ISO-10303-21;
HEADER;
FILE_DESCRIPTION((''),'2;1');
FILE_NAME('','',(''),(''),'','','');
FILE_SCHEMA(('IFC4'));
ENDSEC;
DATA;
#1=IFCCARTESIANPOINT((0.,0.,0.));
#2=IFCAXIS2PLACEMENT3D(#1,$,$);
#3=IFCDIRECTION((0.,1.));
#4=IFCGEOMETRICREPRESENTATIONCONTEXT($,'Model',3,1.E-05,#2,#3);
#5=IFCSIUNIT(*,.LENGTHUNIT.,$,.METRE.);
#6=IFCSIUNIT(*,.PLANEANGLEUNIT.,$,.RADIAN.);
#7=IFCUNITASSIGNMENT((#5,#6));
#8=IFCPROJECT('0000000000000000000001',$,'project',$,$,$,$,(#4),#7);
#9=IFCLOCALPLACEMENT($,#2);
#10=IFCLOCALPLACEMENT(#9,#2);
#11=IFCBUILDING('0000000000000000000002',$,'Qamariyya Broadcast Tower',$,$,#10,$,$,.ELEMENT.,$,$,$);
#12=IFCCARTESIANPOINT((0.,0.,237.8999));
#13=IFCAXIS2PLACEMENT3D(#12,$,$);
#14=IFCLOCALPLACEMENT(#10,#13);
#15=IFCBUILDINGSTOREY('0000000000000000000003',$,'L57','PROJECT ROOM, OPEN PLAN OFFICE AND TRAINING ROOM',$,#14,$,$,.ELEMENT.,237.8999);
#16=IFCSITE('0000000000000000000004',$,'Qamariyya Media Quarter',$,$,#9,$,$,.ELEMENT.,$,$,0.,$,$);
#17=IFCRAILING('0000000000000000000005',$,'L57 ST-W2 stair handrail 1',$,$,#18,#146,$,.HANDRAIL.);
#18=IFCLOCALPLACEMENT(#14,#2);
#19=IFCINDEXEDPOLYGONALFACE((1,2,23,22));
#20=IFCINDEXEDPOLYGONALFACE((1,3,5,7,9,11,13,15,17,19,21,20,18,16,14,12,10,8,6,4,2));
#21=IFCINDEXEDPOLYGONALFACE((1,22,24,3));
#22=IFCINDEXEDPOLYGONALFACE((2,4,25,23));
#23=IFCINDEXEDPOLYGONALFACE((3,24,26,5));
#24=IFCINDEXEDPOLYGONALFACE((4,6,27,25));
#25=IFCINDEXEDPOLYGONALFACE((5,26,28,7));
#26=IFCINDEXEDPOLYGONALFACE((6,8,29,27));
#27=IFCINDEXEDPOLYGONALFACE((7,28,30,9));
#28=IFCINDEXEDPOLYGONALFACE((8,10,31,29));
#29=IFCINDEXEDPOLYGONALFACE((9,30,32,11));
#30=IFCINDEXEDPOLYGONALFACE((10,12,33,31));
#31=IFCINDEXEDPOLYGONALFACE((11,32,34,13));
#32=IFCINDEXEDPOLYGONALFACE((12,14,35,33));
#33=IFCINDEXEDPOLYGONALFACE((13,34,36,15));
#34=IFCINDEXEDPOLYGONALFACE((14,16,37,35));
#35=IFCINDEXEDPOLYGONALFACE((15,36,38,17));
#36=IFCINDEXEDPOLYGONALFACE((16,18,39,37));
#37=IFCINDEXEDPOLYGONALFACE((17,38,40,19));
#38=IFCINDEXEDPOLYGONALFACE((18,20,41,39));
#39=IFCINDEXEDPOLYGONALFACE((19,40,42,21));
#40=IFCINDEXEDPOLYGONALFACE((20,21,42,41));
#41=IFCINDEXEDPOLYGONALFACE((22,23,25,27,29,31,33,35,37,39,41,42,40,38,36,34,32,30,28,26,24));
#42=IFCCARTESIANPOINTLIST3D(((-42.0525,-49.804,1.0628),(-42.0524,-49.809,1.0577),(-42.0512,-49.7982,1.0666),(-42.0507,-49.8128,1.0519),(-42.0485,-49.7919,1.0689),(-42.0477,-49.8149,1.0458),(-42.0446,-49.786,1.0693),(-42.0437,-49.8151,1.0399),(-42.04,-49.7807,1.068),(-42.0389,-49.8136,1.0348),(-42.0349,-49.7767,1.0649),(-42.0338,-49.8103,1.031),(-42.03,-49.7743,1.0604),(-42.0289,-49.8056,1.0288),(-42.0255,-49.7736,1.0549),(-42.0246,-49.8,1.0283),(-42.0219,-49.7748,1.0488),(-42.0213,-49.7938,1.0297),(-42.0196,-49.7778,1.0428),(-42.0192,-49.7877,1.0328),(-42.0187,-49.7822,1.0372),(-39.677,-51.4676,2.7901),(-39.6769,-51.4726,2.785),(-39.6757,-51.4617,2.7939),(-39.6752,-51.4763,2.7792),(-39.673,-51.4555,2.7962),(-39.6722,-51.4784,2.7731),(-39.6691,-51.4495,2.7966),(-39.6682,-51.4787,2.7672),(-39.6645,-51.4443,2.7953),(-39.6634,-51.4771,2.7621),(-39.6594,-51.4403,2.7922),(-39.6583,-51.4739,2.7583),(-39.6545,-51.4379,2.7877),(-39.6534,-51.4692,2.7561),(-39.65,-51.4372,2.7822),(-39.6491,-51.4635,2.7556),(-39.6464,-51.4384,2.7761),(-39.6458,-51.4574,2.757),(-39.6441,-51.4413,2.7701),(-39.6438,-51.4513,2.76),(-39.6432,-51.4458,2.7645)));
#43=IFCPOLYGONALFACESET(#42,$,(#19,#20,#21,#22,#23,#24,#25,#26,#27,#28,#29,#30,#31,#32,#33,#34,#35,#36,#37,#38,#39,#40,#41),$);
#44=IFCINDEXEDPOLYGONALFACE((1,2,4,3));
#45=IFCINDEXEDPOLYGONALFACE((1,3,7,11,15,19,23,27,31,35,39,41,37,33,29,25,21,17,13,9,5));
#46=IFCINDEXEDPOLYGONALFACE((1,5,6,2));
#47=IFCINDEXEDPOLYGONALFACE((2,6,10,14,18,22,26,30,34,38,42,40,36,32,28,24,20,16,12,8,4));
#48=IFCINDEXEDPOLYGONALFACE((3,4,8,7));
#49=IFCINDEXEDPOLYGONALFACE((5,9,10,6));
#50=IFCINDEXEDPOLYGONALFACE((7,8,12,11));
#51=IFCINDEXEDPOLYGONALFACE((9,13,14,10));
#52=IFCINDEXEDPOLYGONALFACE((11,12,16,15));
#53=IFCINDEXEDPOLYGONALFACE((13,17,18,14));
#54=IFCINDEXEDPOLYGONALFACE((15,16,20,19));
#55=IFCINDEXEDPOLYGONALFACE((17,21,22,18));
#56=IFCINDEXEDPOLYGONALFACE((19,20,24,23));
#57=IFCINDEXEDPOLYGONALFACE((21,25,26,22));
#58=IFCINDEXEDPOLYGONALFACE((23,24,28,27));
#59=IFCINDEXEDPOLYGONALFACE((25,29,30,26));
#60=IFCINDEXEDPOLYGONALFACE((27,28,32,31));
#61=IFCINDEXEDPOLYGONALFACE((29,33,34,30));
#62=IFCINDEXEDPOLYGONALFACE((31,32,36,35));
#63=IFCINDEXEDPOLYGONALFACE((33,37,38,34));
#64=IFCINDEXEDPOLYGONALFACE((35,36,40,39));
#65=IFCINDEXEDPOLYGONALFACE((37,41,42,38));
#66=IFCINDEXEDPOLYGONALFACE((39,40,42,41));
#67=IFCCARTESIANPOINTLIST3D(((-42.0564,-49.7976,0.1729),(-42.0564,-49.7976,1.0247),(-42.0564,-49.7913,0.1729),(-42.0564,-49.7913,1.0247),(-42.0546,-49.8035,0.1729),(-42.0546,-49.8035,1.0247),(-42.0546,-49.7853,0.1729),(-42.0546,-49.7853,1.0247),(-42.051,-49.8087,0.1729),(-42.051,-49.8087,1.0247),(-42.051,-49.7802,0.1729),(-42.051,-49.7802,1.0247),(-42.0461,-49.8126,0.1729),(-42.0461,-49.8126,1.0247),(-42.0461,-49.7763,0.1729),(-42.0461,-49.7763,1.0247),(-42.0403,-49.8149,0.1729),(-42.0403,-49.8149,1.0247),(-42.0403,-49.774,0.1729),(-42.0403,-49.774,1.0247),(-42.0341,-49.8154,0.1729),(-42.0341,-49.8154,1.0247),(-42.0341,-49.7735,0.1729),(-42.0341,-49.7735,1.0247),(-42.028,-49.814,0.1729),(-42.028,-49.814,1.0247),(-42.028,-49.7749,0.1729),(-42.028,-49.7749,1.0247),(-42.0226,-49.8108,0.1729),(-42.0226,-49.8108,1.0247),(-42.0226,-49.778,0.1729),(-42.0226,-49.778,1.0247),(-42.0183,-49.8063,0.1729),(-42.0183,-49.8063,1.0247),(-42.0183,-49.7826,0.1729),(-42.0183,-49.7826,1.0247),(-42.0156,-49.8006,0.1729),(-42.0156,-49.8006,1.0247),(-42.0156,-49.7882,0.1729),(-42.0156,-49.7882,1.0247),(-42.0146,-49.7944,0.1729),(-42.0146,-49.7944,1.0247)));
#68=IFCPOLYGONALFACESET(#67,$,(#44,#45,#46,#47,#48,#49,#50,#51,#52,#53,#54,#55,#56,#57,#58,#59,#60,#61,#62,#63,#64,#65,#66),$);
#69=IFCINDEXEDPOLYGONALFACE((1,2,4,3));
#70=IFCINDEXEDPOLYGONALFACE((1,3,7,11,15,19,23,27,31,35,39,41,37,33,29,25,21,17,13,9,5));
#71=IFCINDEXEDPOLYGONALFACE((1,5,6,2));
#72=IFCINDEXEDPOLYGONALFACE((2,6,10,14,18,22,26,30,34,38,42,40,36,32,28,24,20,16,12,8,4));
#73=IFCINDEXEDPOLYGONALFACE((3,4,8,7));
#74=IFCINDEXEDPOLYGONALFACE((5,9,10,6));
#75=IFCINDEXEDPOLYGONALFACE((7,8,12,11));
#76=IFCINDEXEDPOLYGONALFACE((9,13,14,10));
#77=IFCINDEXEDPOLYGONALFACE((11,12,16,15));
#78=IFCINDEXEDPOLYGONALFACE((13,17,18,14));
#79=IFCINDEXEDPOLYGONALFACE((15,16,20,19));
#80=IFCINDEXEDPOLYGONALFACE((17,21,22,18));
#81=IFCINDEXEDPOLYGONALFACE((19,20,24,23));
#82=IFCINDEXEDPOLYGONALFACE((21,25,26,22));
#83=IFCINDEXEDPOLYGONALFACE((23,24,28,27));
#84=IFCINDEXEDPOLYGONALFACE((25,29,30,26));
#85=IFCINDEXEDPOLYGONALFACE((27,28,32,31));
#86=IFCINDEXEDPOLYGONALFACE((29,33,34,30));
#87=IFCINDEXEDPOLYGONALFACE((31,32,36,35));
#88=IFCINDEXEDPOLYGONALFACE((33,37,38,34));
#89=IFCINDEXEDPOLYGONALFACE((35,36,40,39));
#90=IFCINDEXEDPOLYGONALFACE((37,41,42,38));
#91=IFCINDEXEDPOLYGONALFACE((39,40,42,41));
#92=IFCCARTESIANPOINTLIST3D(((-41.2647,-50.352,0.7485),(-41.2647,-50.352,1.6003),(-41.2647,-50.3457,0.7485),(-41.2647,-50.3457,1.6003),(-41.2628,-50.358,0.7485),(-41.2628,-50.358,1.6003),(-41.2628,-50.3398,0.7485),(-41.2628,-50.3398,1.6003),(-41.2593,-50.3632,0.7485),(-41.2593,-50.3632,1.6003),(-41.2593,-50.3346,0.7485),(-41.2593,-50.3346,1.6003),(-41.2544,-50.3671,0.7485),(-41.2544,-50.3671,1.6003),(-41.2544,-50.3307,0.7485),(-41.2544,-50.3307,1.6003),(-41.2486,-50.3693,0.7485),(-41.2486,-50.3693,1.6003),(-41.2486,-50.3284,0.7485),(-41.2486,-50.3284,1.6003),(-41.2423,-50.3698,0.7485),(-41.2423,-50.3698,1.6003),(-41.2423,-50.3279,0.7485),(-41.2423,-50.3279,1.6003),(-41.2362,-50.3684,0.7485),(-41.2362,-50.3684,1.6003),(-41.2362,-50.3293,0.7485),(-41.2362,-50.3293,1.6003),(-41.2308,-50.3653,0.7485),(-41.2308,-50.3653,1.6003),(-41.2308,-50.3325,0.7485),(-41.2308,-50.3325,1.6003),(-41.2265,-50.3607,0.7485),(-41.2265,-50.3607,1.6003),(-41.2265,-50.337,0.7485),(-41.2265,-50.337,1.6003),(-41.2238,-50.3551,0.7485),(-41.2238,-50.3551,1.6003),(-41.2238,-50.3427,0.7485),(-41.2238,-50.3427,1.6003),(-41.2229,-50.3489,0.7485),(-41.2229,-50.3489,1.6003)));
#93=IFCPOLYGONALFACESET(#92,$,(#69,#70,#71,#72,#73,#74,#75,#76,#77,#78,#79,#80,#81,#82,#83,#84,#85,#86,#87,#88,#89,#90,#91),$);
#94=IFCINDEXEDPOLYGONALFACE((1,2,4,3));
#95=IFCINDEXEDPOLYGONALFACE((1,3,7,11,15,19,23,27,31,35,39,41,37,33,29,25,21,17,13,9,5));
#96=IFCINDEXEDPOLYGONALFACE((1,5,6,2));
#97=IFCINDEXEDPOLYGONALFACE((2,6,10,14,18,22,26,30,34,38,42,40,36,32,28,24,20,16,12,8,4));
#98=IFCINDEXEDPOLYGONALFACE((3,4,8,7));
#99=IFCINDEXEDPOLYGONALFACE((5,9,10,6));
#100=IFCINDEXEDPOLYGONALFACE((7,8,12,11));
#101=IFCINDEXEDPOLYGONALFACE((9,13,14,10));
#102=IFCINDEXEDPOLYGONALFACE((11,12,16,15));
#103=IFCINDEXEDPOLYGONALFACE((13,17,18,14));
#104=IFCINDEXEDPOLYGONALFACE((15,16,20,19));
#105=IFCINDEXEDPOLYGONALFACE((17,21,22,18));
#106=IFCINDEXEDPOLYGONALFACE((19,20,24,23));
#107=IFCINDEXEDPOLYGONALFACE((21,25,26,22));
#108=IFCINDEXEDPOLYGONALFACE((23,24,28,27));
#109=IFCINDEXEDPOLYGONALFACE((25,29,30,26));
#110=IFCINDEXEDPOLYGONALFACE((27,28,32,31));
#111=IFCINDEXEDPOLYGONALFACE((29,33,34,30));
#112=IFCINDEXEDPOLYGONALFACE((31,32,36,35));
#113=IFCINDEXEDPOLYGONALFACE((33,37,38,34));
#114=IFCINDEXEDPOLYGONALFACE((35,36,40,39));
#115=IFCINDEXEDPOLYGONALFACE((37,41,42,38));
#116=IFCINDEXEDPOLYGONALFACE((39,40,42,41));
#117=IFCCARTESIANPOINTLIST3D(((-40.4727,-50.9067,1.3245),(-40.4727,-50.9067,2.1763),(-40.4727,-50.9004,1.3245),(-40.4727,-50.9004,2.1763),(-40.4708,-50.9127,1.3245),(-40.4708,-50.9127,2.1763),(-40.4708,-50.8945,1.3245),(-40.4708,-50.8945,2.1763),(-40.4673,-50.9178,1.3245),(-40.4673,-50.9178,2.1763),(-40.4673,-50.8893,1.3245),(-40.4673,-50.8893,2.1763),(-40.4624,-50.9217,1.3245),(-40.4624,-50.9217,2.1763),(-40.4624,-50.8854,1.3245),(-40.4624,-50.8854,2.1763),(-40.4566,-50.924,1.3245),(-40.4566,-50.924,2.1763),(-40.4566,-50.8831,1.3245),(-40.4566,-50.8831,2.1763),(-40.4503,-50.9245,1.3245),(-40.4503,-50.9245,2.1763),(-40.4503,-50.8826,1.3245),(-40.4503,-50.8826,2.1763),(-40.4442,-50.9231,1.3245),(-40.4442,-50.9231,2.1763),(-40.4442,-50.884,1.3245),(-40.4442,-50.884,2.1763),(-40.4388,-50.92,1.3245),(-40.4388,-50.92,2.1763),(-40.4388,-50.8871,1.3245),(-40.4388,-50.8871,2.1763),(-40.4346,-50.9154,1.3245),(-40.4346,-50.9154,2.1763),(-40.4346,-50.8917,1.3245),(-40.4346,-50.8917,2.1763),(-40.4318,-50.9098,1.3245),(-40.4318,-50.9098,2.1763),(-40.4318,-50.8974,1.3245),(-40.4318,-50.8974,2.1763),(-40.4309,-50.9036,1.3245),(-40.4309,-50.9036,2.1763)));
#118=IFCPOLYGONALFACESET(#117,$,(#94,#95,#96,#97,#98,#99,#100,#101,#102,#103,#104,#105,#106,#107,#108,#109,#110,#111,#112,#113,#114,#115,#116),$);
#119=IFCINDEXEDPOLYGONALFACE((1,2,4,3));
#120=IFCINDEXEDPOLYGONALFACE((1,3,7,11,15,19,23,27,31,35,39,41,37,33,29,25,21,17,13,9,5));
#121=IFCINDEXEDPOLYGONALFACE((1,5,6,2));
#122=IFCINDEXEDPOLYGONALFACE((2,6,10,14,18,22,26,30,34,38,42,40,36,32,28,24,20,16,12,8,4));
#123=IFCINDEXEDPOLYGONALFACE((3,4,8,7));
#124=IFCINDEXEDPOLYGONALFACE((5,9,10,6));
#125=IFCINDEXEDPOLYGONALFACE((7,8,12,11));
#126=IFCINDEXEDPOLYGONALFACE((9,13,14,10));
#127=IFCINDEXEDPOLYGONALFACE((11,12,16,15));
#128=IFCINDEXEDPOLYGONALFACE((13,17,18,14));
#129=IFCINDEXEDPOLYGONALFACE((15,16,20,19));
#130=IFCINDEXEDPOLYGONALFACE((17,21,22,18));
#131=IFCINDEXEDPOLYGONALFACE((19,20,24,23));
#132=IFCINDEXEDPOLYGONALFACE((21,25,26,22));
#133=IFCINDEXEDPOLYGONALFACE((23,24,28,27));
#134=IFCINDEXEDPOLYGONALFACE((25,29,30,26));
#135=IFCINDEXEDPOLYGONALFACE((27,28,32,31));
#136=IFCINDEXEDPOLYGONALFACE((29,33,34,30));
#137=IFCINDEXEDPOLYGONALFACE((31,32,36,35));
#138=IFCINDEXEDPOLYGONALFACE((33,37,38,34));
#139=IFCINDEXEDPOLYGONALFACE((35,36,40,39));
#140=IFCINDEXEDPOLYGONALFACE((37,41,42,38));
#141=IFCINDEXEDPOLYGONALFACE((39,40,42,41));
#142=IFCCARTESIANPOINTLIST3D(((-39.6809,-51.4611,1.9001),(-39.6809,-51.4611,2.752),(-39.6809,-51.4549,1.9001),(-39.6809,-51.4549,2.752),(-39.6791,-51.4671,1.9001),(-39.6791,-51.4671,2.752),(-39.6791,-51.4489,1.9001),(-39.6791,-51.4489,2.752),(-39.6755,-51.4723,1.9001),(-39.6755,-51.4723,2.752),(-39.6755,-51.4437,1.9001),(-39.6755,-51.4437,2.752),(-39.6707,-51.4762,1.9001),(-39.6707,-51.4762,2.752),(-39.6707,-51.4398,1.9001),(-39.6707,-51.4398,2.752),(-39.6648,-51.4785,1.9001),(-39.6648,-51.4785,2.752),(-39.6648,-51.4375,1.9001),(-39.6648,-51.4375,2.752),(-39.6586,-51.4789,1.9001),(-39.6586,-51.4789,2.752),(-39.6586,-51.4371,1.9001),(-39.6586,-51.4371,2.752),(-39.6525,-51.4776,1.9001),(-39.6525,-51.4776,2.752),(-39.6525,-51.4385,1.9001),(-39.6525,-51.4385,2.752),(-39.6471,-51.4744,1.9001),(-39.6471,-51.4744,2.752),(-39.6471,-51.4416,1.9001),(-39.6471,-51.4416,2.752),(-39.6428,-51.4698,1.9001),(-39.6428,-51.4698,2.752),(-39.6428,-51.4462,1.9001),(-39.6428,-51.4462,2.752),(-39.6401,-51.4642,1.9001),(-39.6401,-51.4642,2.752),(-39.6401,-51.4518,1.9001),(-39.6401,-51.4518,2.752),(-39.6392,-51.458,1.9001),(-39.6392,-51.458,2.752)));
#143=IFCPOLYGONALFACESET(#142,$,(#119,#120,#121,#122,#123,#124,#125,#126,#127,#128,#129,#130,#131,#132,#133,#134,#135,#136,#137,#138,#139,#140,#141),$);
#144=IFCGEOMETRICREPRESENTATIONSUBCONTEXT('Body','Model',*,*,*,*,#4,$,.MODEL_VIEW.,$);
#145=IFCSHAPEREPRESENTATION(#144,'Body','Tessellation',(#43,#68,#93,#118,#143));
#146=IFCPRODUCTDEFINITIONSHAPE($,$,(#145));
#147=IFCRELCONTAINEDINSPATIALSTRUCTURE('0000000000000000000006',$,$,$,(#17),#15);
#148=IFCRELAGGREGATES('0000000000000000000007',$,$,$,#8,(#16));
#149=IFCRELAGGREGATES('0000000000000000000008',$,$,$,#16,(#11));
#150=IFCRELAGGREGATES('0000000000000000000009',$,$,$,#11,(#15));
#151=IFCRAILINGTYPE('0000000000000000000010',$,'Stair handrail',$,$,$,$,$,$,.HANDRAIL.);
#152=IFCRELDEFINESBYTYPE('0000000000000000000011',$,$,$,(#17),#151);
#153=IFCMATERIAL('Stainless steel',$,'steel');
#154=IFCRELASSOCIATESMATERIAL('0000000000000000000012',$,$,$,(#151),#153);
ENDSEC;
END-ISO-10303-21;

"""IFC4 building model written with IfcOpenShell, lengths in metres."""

from ifc_helpers import new_model, si_unit, direction, frame, origin, origin_2d, place, context, subcontext, project, spatial, circle, extrude, material, type_object, element, save


model = new_model("IFC4")

# Units and contexts
model_context = context("Model", 3, precision=1e-05, world=origin(), true_north=direction((0.0, 1.0)))
body_context = subcontext(model_context, "Body", "Model", "MODEL_VIEW")
ifc_project = project(units=[si_unit("LENGTHUNIT", "METRE"), si_unit("PLANEANGLEUNIT", "RADIAN")], contexts=[model_context])

# Site, building, storey
site_placement = place(None, origin())
site = spatial("IfcSite", under=ifc_project, at=site_placement, Name="Qamariyya Media Quarter", CompositionType="ELEMENT", RefElevation=0.0)
building_placement = place(site_placement, origin())
building = spatial("IfcBuilding", under=site, at=building_placement, Name="Qamariyya Broadcast Tower", CompositionType="ELEMENT")
storey_placement = place(building_placement, frame((0.0, 0.0, 237.8999)))
storey = spatial("IfcBuildingStorey", under=building, at=storey_placement, Name="L57", Description="PROJECT ROOM, OPEN PLAN OFFICE AND TRAINING ROOM", CompositionType="ELEMENT", Elevation=237.8999)

# Railing
ifc_material_1 = material(Name="Stainless steel", Category="steel")
railing_type_1 = type_object("IfcRailingType", Name="Stair handrail", PredefinedType="HANDRAIL", material=ifc_material_1)
railing_1_placement = place(storey_placement, frame((-42.0356, -49.7944, 0.1729)))
element("IfcRailing", 1, at=railing_1_placement, inside=storey, type_object=railing_type_1, Name="L57 ST-W2 stair handrail 1", PredefinedType="HANDRAIL", context=body_context, shape_type="SweptSolid", body=[
    extrude(circle(Radius=0.0239, at=origin_2d()), frame((0.0, 0.0, 0.876), z_axis=(0.703745, -0.492838, 0.511716), x_axis=(0.573632, 0.819113, 0.0)), (0.0, 0.0, 1.0), 3.3755),
    extrude(circle(Radius=0.021, at=origin_2d()), origin(), (0.0, 0.0, 1.0), 0.8518),
    extrude(circle(Radius=0.021, at=origin_2d()), frame((0.7917, -0.5544, 0.5757)), (0.0, 0.0, 1.0), 0.8518),
    extrude(circle(Radius=0.021, at=origin_2d()), frame((1.5837, -1.1091, 1.1516)), (0.0, 0.0, 1.0), 0.8518),
    extrude(circle(Radius=0.021, at=origin_2d()), frame((2.3755, -1.6636, 1.7273)), (0.0, 0.0, 1.0), 0.8518),
])

save(model, "model.ifc")
